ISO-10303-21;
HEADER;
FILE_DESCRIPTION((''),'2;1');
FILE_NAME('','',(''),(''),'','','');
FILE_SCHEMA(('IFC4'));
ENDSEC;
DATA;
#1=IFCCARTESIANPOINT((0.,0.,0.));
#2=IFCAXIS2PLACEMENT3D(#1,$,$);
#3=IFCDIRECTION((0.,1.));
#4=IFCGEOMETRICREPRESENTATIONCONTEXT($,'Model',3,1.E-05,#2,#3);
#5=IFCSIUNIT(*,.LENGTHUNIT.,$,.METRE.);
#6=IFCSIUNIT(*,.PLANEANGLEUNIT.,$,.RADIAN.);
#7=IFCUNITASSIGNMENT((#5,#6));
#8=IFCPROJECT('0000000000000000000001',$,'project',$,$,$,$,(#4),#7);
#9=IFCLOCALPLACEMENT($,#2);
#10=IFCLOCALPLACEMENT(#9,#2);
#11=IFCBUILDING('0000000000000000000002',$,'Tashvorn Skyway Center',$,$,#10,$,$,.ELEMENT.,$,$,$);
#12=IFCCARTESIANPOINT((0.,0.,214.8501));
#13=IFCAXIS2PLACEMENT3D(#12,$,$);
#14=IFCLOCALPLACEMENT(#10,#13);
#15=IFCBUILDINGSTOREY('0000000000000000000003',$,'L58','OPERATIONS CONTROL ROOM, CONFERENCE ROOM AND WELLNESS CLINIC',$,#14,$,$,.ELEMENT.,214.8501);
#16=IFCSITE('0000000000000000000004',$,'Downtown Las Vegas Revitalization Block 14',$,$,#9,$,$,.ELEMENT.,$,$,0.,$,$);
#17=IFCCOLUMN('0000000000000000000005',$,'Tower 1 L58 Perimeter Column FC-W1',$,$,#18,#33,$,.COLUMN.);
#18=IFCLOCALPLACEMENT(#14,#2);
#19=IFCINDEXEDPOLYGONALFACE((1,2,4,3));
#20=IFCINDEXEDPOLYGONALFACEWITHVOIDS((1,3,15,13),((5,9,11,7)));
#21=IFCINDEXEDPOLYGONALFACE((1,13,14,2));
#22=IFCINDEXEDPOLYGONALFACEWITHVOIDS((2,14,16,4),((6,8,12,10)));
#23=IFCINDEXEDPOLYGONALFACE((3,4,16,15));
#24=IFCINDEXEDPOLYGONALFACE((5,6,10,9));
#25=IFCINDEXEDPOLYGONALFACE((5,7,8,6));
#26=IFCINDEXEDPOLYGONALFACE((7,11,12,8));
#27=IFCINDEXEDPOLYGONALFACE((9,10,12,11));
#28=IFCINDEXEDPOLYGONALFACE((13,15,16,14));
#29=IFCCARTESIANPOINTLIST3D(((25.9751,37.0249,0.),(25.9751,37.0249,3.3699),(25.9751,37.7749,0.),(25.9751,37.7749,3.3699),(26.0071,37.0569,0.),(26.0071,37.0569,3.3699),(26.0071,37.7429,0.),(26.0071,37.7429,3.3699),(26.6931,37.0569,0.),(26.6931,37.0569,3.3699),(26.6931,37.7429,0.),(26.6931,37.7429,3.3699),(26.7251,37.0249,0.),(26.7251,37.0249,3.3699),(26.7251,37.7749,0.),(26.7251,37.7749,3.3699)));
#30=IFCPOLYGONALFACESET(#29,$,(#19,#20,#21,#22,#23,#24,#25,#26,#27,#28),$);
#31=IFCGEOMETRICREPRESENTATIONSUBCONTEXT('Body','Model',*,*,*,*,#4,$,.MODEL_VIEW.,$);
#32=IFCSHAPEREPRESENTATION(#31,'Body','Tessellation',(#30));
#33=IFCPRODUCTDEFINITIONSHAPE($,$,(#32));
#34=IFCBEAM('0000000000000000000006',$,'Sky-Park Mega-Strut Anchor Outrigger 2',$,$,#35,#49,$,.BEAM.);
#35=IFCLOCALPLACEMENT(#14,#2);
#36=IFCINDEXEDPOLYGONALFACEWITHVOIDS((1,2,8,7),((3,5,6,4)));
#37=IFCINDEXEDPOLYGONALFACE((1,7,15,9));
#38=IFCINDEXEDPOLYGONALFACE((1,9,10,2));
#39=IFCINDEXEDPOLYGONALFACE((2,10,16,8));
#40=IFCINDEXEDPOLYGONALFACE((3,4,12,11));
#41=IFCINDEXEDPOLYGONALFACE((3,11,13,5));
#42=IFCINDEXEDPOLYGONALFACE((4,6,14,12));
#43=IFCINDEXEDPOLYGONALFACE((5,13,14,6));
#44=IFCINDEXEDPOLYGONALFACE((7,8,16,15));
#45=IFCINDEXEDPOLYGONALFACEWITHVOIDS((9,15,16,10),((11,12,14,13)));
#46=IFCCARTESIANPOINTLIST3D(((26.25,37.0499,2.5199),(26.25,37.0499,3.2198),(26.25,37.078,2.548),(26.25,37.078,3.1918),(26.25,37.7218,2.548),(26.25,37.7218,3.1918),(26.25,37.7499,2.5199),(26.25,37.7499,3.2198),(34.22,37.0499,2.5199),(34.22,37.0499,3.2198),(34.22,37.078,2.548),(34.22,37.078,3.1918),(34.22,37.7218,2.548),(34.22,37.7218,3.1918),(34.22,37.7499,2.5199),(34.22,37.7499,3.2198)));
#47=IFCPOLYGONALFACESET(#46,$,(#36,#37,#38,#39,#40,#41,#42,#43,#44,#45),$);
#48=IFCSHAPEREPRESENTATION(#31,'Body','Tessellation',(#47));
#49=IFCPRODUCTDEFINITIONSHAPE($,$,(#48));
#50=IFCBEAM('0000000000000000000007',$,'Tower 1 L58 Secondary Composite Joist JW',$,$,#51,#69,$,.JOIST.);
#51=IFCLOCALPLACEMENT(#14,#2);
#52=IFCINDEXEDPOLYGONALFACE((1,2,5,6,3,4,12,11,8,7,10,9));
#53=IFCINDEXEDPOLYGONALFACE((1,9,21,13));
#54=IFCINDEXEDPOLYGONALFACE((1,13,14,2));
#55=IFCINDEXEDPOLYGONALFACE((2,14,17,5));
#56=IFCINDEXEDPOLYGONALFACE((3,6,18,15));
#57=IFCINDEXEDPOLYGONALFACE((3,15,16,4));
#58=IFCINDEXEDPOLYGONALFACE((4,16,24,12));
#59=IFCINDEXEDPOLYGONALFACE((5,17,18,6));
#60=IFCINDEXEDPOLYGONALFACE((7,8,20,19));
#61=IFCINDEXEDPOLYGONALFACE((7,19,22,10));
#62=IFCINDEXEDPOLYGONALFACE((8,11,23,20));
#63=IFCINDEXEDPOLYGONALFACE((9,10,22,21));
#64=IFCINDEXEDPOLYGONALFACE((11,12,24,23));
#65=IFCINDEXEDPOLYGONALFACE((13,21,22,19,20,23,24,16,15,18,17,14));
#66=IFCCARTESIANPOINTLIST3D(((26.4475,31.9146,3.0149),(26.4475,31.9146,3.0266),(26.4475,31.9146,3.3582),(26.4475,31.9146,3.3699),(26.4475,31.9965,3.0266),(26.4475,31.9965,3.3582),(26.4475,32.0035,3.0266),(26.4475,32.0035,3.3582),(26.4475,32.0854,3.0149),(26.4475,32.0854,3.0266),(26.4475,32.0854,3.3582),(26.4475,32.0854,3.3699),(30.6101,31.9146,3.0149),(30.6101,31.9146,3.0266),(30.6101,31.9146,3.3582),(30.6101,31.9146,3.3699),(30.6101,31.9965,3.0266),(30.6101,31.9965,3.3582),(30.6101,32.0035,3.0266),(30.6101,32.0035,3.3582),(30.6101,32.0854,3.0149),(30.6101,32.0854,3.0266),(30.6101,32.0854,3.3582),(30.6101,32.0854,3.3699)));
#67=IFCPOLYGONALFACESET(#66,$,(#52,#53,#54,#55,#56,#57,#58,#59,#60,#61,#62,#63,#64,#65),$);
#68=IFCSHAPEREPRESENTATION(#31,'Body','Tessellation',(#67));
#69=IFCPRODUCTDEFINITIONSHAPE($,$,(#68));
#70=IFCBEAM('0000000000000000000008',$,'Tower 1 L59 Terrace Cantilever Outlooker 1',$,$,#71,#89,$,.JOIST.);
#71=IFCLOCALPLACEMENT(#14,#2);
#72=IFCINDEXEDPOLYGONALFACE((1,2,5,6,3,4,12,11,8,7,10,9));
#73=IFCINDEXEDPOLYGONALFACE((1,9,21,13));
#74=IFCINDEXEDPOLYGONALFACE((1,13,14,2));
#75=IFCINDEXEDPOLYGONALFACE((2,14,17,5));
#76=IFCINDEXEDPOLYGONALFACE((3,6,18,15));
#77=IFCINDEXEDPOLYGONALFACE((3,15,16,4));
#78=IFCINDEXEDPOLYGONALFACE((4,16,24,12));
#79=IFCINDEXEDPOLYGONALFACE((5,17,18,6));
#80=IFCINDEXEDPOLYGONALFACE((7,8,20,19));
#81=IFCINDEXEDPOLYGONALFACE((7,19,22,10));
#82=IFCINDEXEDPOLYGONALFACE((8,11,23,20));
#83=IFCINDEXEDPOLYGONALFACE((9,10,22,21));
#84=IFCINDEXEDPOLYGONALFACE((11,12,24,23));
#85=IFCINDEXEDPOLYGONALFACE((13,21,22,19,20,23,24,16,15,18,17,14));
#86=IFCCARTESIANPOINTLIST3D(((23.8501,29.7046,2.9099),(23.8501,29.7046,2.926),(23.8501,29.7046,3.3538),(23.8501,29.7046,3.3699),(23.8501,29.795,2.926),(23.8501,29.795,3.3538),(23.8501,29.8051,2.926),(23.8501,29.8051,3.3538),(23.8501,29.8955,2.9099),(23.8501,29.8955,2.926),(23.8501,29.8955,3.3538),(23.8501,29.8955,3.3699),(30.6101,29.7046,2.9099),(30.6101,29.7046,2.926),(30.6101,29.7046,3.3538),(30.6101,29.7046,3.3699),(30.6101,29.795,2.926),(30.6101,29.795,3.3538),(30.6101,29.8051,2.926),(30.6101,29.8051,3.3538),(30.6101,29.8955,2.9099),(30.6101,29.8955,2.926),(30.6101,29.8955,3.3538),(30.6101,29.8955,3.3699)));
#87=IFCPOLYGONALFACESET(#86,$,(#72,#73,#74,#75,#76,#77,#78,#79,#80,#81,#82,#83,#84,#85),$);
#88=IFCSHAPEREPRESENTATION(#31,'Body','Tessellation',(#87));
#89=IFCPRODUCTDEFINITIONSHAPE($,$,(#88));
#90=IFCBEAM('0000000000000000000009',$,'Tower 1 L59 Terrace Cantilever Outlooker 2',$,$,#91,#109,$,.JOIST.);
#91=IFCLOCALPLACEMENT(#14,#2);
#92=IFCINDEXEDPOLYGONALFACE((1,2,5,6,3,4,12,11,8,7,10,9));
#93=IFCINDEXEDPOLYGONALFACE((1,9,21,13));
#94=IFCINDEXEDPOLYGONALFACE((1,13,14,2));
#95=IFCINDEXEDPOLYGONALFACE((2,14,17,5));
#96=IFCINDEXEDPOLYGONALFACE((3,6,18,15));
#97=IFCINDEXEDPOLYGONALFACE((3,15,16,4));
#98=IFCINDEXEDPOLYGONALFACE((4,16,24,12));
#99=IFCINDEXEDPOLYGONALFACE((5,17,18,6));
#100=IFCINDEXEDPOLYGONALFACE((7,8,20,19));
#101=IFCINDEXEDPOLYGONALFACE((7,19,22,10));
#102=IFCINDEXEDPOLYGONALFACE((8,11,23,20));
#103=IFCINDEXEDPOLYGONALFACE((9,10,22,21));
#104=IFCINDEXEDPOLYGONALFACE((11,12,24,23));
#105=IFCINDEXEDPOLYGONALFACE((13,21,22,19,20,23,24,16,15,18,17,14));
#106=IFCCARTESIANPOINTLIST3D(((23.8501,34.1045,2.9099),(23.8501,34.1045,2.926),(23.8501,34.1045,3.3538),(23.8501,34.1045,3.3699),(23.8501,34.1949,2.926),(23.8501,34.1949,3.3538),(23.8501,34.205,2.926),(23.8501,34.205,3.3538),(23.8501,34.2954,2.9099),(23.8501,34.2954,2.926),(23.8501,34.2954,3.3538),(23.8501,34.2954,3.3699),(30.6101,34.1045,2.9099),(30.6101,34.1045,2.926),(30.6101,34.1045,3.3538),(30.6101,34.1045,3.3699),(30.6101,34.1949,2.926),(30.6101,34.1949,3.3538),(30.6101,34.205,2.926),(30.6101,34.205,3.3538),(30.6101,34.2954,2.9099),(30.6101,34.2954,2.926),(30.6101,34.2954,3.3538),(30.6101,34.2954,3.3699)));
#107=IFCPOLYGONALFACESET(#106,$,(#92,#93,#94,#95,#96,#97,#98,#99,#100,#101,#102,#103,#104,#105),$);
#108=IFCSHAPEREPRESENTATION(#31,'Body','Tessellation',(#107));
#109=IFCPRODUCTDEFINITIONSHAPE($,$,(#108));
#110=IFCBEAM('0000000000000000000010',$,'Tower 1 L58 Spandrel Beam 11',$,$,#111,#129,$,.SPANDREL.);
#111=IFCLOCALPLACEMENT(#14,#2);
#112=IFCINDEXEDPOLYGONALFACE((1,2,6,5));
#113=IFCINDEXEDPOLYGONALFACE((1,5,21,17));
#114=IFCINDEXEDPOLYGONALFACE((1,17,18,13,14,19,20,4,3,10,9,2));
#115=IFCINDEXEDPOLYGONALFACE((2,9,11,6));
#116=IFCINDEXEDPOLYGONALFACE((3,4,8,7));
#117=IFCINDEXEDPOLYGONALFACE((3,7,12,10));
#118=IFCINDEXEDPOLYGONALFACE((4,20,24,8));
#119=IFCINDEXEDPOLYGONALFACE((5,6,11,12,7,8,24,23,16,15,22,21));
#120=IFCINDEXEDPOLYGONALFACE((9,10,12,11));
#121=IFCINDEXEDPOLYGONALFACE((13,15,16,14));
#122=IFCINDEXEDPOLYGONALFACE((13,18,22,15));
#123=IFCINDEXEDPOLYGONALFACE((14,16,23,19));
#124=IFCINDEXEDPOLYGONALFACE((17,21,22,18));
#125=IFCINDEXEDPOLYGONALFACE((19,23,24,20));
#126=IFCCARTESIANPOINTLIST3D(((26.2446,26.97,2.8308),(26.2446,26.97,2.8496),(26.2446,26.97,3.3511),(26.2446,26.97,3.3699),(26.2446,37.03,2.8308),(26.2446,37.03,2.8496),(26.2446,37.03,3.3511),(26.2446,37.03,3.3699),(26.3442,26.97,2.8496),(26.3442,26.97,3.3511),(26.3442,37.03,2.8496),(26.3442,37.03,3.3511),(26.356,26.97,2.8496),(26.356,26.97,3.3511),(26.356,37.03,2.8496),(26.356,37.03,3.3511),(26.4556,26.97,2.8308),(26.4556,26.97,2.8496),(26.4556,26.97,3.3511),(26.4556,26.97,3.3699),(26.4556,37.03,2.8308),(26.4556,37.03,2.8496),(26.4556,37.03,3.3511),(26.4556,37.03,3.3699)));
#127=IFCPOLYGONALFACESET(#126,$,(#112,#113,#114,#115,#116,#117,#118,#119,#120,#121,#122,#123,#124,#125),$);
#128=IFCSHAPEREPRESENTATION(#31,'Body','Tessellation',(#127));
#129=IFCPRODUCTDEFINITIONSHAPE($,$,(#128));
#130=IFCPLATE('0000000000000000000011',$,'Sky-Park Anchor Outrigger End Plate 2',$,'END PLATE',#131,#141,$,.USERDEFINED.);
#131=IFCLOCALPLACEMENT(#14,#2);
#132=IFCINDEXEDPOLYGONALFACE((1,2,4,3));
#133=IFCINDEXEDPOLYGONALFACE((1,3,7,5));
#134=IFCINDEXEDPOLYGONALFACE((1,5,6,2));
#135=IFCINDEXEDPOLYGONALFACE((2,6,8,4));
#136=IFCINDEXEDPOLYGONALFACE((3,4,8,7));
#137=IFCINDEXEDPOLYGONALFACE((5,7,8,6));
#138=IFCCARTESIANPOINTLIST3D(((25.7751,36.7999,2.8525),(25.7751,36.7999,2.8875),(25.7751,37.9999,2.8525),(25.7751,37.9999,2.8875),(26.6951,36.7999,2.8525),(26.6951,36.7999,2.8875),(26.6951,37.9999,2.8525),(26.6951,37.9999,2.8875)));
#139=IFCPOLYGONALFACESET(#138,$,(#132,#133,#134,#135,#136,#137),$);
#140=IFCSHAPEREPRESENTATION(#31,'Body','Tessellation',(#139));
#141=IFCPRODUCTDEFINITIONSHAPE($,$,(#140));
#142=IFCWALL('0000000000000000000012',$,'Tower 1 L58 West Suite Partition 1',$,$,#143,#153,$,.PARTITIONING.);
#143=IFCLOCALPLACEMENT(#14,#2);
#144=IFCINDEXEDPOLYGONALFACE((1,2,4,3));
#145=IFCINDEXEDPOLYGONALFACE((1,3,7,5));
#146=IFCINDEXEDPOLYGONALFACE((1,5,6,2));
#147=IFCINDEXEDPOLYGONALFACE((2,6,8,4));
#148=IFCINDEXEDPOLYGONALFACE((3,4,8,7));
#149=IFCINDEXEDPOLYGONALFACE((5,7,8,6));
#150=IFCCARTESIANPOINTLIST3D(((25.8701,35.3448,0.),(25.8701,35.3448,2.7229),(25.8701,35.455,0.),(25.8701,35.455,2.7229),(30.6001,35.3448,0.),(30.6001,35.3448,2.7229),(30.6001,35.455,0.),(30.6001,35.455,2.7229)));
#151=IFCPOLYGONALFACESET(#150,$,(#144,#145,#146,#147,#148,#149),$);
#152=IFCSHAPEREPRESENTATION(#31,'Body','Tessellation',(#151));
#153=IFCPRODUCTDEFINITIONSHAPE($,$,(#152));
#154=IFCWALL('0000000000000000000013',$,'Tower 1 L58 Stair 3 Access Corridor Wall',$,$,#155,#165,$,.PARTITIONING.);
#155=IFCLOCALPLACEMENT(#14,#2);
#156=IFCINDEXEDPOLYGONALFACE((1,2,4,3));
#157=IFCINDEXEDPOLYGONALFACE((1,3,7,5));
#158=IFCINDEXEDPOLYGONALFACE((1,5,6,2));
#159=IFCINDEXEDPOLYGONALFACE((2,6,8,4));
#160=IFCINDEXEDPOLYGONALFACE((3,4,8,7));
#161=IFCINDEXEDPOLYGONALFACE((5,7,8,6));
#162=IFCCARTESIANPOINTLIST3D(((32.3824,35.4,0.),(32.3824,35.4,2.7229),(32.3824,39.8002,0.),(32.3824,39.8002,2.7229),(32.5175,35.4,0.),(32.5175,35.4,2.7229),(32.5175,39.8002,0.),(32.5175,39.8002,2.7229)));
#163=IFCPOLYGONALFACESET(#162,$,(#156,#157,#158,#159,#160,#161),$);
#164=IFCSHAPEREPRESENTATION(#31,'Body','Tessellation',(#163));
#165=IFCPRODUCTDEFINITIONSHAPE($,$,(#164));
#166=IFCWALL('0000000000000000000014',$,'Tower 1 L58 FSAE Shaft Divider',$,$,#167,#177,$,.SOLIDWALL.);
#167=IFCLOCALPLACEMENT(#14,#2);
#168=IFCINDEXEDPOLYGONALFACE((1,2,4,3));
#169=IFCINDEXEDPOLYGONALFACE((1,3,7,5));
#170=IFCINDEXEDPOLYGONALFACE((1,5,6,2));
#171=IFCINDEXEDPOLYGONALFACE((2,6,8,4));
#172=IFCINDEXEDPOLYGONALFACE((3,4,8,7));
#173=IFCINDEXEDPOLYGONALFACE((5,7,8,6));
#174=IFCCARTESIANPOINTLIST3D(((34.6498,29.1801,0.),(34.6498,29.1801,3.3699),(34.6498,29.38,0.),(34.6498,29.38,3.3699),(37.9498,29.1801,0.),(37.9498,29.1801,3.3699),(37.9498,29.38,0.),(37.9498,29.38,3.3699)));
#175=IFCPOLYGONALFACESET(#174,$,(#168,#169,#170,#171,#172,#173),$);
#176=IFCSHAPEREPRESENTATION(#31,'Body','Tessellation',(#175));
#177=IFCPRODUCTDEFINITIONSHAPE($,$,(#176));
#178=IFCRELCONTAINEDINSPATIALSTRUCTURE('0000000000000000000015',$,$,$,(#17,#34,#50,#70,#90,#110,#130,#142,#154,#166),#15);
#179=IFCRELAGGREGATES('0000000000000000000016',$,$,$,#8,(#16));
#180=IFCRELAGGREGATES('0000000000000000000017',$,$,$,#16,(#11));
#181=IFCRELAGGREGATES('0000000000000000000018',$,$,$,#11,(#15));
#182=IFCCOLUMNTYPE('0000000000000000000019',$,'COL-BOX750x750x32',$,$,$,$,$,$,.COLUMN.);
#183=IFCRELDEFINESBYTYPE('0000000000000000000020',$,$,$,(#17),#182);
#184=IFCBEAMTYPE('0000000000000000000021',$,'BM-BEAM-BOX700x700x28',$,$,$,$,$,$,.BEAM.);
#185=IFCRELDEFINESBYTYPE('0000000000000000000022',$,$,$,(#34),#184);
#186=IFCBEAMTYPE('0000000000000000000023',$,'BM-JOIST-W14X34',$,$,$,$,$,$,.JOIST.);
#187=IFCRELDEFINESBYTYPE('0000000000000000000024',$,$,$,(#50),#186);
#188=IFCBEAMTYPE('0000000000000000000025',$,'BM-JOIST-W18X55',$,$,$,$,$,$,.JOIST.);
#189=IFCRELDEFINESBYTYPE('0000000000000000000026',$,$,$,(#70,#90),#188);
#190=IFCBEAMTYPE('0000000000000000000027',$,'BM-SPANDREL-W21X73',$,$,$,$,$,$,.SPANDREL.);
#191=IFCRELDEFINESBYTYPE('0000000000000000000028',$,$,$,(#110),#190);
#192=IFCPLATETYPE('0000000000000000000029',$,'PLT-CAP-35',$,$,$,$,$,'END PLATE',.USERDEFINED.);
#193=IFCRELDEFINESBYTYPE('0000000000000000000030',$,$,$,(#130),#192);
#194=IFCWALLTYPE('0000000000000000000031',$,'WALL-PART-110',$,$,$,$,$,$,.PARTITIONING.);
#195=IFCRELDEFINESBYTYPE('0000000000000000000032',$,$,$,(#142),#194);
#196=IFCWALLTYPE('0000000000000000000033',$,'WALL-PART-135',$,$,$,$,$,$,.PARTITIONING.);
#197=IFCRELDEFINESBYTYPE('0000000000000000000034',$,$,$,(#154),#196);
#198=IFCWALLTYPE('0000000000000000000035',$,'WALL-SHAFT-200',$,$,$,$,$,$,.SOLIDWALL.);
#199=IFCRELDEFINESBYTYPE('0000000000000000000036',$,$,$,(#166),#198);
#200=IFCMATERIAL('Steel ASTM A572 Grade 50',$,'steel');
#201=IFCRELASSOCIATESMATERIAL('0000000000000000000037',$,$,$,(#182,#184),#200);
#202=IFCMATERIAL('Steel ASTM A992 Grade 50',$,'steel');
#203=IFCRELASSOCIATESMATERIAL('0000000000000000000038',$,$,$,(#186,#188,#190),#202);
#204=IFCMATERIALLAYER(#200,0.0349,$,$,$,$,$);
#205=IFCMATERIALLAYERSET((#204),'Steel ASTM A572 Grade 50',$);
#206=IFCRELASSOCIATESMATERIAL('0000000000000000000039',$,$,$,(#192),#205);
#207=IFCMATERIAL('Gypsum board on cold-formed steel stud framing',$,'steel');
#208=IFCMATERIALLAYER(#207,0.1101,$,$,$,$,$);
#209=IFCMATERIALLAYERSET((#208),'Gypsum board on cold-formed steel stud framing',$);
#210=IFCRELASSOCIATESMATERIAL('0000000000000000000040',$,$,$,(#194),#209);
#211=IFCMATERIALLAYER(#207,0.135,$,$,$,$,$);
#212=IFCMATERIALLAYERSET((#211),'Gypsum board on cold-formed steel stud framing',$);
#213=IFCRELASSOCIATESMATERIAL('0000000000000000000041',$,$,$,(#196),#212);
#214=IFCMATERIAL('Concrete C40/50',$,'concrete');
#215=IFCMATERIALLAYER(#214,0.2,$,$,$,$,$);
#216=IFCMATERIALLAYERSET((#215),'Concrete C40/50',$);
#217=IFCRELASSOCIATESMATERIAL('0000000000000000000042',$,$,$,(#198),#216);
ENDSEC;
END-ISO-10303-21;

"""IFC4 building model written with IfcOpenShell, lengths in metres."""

from ifc_helpers import new_model, si_unit, direction, frame, frame_2d, origin, origin_2d, place, context, subcontext, project, spatial, rectangle, hollow_rectangle, i_section, extrude, material, layer, layer_set, material_profile, profile_set, type_object, element, save


model = new_model("IFC4")

# Units and contexts
model_context = context("Model", 3, precision=1e-05, world=origin(), true_north=direction((0.0, 1.0)))
body_context = subcontext(model_context, "Body", "Model", "MODEL_VIEW")
ifc_project = project(units=[si_unit("LENGTHUNIT", "METRE"), si_unit("PLANEANGLEUNIT", "RADIAN")], contexts=[model_context])

# Site, building, storey
site_placement = place(None, origin())
site = spatial("IfcSite", under=ifc_project, at=site_placement, Name="Downtown Las Vegas Revitalization Block 14", CompositionType="ELEMENT", RefElevation=0.0)
building_placement = place(site_placement, origin())
building = spatial("IfcBuilding", under=site, at=building_placement, Name="Tashvorn Skyway Center", CompositionType="ELEMENT")
storey_placement = place(building_placement, frame((0.0, 0.0, 214.8501)))
storey = spatial("IfcBuildingStorey", under=building, at=storey_placement, Name="L58", Description="OPERATIONS CONTROL ROOM, CONFERENCE ROOM AND WELLNESS CLINIC", CompositionType="ELEMENT", Elevation=214.8501)

# Column
ifc_material_1 = material(Name="Steel ASTM A572 Grade 50", Category="steel")
ifc_material_profile_1 = material_profile(ifc_material_1, hollow_rectangle(XDim=0.75, YDim=0.75, WallThickness=0.032, at=origin_2d()), Name="BOX750x750x32")
ifc_profile_set_1 = profile_set([ifc_material_profile_1], Name="Steel ASTM A572 Grade 50")
column_type = type_object("IfcColumnType", Name="COL-BOX750x750x32", PredefinedType="COLUMN", material=ifc_profile_set_1)
column_placement = place(storey_placement, frame((26.3501, 37.3999, 0.0), z_axis=(0.0, 0.0, 1.0), x_axis=(1.0, 0.0, 0.0)))
element("IfcColumn", 1, at=column_placement, inside=storey, type_object=column_type, Name="Tower 1 L58 Perimeter Column FC-W1", PredefinedType="COLUMN", context=body_context, shape_type="SweptSolid", body=[
    extrude(hollow_rectangle(XDim=0.75, YDim=0.75, WallThickness=0.032, at=origin_2d()), origin(), (0.0, 0.0, 1.0), 3.3699),
])

# Beams
ifc_material_profile_2 = material_profile(ifc_material_1, hollow_rectangle(XDim=0.7, YDim=0.7, WallThickness=0.0281, at=origin_2d()), Name="BOX700x700x28")
ifc_profile_set_2 = profile_set([ifc_material_profile_2], Name="Steel ASTM A572 Grade 50")
beam_type_1 = type_object("IfcBeamType", Name="BM-BEAM-BOX700x700x28", PredefinedType="BEAM", material=ifc_profile_set_2)
beam_1_placement = place(storey_placement, frame((34.22, 37.3999, 2.8699), z_axis=(-1.0, 0.0, 0.0), x_axis=(0.0, -1.0, 0.0)))
element("IfcBeam", 2, at=beam_1_placement, inside=storey, type_object=beam_type_1, Name="Sky-Park Mega-Strut Anchor Outrigger 2", PredefinedType="BEAM", context=body_context, shape_type="SweptSolid", body=[
    extrude(hollow_rectangle(XDim=0.7, YDim=0.7, WallThickness=0.0281, at=origin_2d()), origin(), (0.0, 0.0, 1.0), 7.97),
])
ifc_material_2 = material(Name="Steel ASTM A992 Grade 50", Category="steel")
ifc_material_profile_3 = material_profile(ifc_material_2, i_section(OverallWidth=0.1709, OverallDepth=0.355, WebThickness=0.0071, FlangeThickness=0.0117, at=origin_2d()), Name="W14X34")
ifc_profile_set_3 = profile_set([ifc_material_profile_3], Name="Steel ASTM A992 Grade 50")
beam_type_2 = type_object("IfcBeamType", Name="BM-JOIST-W14X34", PredefinedType="JOIST", material=ifc_profile_set_3)
beam_2_placement = place(storey_placement, frame((30.6101, 32.0, 3.1924), z_axis=(-1.0, 0.0, 0.0), x_axis=(0.0, -1.0, 0.0)))
element("IfcBeam", 3, at=beam_2_placement, inside=storey, type_object=beam_type_2, Name="Tower 1 L58 Secondary Composite Joist JW", PredefinedType="JOIST", context=body_context, shape_type="SweptSolid", body=[
    extrude(i_section(OverallWidth=0.1709, OverallDepth=0.355, WebThickness=0.0071, FlangeThickness=0.0117, at=origin_2d()), origin(), (0.0, 0.0, 1.0), 4.1626),
])
ifc_material_profile_4 = material_profile(ifc_material_2, i_section(OverallWidth=0.1909, OverallDepth=0.46, WebThickness=0.01, FlangeThickness=0.0161, at=origin_2d()), Name="W18X55")
ifc_profile_set_4 = profile_set([ifc_material_profile_4], Name="Steel ASTM A992 Grade 50")
beam_type_3 = type_object("IfcBeamType", Name="BM-JOIST-W18X55", PredefinedType="JOIST", material=ifc_profile_set_4)
for number, where, z_axis, x_axis, name in (
    (4, (30.6101, 29.8, 3.1399), (-1.0, 0.0, 0.0), (0.0, -1.0, 0.0), "Tower 1 L59 Terrace Cantilever Outlooker 1"),
    (5, (30.6101, 34.2, 3.1399), (-1.0, 0.0, 0.0), (0.0, -1.0, 0.0), "Tower 1 L59 Terrace Cantilever Outlooker 2"),
):
    element("IfcBeam", number, at=place(storey_placement, frame(where, z_axis=z_axis, x_axis=x_axis)), inside=storey, type_object=beam_type_3, Name=name, PredefinedType="JOIST", context=body_context, shape_type="SweptSolid", body=[
        extrude(i_section(OverallWidth=0.1909, OverallDepth=0.46, WebThickness=0.01, FlangeThickness=0.0161, at=origin_2d()), origin(), (0.0, 0.0, 1.0), 6.76),
    ])
ifc_material_profile_5 = material_profile(ifc_material_2, i_section(OverallWidth=0.2109, OverallDepth=0.5391, WebThickness=0.0117, FlangeThickness=0.0188, at=origin_2d()), Name="W21X73")
ifc_profile_set_5 = profile_set([ifc_material_profile_5], Name="Steel ASTM A992 Grade 50")
beam_type_4 = type_object("IfcBeamType", Name="BM-SPANDREL-W21X73", PredefinedType="SPANDREL", material=ifc_profile_set_5)
beam_3_placement = place(storey_placement, frame((26.3501, 37.03, 3.1003), z_axis=(0.0, -1.0, 0.0), x_axis=(1.0, 0.0, 0.0)))
element("IfcBeam", 6, at=beam_3_placement, inside=storey, type_object=beam_type_4, Name="Tower 1 L58 Spandrel Beam 11", PredefinedType="SPANDREL", context=body_context, shape_type="SweptSolid", body=[
    extrude(i_section(OverallWidth=0.2109, OverallDepth=0.5391, WebThickness=0.0117, FlangeThickness=0.0188, at=origin_2d()), origin(), (0.0, 0.0, 1.0), 10.0601),
])

# Plate
ifc_layer_1 = layer(ifc_material_1, 0.0349)
ifc_layer_set_1 = layer_set([ifc_layer_1], Name="Steel ASTM A572 Grade 50")
plate_type = type_object("IfcPlateType", Name="PLT-CAP-35", ElementType="END PLATE", PredefinedType="USERDEFINED", material=ifc_layer_set_1)
plate_placement = place(storey_placement, frame((26.2351, 37.3999, 2.8525), z_axis=(0.0, 0.0, 1.0), x_axis=(1.0, 0.0, 0.0)))
element("IfcPlate", 7, at=plate_placement, inside=storey, type_object=plate_type, Name="Sky-Park Anchor Outrigger End Plate 2", ObjectType="END PLATE", PredefinedType="USERDEFINED", context=body_context, shape_type="SweptSolid", body=[
    extrude(rectangle(XDim=0.9199, YDim=1.2, at=origin_2d()), origin(), (0.0, 0.0, 1.0), 0.0349),
])

# Walls
ifc_material_3 = material(Name="Gypsum board on cold-formed steel stud framing", Category="steel")
ifc_layer_2 = layer(ifc_material_3, 0.1101)
ifc_layer_set_2 = layer_set([ifc_layer_2], Name="Gypsum board on cold-formed steel stud framing")
wall_type_1 = type_object("IfcWallType", Name="WALL-PART-110", PredefinedType="PARTITIONING", material=ifc_layer_set_2)
wall_1_placement = place(storey_placement, frame((30.6001, 35.3999, 0.0), z_axis=(0.0, 0.0, 1.0), x_axis=(-1.0, 0.0, 0.0)))
element("IfcWall", 8, at=wall_1_placement, inside=storey, type_object=wall_type_1, Name="Tower 1 L58 West Suite Partition 1", PredefinedType="PARTITIONING", context=body_context, shape_type="SweptSolid", body=[
    extrude(rectangle(XDim=4.73, YDim=0.1101, at=frame_2d((2.365, 0.0))), origin(), (0.0, 0.0, 1.0), 2.7229),
])
ifc_layer_3 = layer(ifc_material_3, 0.135)
ifc_layer_set_3 = layer_set([ifc_layer_3], Name="Gypsum board on cold-formed steel stud framing")
wall_type_2 = type_object("IfcWallType", Name="WALL-PART-135", PredefinedType="PARTITIONING", material=ifc_layer_set_3)
wall_2_placement = place(storey_placement, frame((32.45, 35.3999, 0.0), z_axis=(0.0, 0.0, 1.0), x_axis=(0.0, 1.0, 0.0)))
element("IfcWall", 9, at=wall_2_placement, inside=storey, type_object=wall_type_2, Name="Tower 1 L58 Stair 3 Access Corridor Wall", PredefinedType="PARTITIONING", context=body_context, shape_type="SweptSolid", body=[
    extrude(rectangle(XDim=4.4001, YDim=0.135, at=frame_2d((2.2002, 0.0))), origin(), (0.0, 0.0, 1.0), 2.7229),
])
ifc_material_4 = material(Name="Concrete C40/50", Category="concrete")
ifc_layer_4 = layer(ifc_material_4, 0.2)
ifc_layer_set_4 = layer_set([ifc_layer_4], Name="Concrete C40/50")
wall_type_3 = type_object("IfcWallType", Name="WALL-SHAFT-200", PredefinedType="SOLIDWALL", material=ifc_layer_set_4)
wall_3_placement = place(storey_placement, frame((34.6499, 29.28, 0.0), z_axis=(0.0, 0.0, 1.0), x_axis=(1.0, 0.0, 0.0)))
element("IfcWall", 10, at=wall_3_placement, inside=storey, type_object=wall_type_3, Name="Tower 1 L58 FSAE Shaft Divider", PredefinedType="SOLIDWALL", context=body_context, shape_type="SweptSolid", body=[
    extrude(rectangle(XDim=3.3, YDim=0.2, at=frame_2d((1.6499, 0.0))), origin(), (0.0, 0.0, 1.0), 3.3699),
])

save(model, "model.ifc")
